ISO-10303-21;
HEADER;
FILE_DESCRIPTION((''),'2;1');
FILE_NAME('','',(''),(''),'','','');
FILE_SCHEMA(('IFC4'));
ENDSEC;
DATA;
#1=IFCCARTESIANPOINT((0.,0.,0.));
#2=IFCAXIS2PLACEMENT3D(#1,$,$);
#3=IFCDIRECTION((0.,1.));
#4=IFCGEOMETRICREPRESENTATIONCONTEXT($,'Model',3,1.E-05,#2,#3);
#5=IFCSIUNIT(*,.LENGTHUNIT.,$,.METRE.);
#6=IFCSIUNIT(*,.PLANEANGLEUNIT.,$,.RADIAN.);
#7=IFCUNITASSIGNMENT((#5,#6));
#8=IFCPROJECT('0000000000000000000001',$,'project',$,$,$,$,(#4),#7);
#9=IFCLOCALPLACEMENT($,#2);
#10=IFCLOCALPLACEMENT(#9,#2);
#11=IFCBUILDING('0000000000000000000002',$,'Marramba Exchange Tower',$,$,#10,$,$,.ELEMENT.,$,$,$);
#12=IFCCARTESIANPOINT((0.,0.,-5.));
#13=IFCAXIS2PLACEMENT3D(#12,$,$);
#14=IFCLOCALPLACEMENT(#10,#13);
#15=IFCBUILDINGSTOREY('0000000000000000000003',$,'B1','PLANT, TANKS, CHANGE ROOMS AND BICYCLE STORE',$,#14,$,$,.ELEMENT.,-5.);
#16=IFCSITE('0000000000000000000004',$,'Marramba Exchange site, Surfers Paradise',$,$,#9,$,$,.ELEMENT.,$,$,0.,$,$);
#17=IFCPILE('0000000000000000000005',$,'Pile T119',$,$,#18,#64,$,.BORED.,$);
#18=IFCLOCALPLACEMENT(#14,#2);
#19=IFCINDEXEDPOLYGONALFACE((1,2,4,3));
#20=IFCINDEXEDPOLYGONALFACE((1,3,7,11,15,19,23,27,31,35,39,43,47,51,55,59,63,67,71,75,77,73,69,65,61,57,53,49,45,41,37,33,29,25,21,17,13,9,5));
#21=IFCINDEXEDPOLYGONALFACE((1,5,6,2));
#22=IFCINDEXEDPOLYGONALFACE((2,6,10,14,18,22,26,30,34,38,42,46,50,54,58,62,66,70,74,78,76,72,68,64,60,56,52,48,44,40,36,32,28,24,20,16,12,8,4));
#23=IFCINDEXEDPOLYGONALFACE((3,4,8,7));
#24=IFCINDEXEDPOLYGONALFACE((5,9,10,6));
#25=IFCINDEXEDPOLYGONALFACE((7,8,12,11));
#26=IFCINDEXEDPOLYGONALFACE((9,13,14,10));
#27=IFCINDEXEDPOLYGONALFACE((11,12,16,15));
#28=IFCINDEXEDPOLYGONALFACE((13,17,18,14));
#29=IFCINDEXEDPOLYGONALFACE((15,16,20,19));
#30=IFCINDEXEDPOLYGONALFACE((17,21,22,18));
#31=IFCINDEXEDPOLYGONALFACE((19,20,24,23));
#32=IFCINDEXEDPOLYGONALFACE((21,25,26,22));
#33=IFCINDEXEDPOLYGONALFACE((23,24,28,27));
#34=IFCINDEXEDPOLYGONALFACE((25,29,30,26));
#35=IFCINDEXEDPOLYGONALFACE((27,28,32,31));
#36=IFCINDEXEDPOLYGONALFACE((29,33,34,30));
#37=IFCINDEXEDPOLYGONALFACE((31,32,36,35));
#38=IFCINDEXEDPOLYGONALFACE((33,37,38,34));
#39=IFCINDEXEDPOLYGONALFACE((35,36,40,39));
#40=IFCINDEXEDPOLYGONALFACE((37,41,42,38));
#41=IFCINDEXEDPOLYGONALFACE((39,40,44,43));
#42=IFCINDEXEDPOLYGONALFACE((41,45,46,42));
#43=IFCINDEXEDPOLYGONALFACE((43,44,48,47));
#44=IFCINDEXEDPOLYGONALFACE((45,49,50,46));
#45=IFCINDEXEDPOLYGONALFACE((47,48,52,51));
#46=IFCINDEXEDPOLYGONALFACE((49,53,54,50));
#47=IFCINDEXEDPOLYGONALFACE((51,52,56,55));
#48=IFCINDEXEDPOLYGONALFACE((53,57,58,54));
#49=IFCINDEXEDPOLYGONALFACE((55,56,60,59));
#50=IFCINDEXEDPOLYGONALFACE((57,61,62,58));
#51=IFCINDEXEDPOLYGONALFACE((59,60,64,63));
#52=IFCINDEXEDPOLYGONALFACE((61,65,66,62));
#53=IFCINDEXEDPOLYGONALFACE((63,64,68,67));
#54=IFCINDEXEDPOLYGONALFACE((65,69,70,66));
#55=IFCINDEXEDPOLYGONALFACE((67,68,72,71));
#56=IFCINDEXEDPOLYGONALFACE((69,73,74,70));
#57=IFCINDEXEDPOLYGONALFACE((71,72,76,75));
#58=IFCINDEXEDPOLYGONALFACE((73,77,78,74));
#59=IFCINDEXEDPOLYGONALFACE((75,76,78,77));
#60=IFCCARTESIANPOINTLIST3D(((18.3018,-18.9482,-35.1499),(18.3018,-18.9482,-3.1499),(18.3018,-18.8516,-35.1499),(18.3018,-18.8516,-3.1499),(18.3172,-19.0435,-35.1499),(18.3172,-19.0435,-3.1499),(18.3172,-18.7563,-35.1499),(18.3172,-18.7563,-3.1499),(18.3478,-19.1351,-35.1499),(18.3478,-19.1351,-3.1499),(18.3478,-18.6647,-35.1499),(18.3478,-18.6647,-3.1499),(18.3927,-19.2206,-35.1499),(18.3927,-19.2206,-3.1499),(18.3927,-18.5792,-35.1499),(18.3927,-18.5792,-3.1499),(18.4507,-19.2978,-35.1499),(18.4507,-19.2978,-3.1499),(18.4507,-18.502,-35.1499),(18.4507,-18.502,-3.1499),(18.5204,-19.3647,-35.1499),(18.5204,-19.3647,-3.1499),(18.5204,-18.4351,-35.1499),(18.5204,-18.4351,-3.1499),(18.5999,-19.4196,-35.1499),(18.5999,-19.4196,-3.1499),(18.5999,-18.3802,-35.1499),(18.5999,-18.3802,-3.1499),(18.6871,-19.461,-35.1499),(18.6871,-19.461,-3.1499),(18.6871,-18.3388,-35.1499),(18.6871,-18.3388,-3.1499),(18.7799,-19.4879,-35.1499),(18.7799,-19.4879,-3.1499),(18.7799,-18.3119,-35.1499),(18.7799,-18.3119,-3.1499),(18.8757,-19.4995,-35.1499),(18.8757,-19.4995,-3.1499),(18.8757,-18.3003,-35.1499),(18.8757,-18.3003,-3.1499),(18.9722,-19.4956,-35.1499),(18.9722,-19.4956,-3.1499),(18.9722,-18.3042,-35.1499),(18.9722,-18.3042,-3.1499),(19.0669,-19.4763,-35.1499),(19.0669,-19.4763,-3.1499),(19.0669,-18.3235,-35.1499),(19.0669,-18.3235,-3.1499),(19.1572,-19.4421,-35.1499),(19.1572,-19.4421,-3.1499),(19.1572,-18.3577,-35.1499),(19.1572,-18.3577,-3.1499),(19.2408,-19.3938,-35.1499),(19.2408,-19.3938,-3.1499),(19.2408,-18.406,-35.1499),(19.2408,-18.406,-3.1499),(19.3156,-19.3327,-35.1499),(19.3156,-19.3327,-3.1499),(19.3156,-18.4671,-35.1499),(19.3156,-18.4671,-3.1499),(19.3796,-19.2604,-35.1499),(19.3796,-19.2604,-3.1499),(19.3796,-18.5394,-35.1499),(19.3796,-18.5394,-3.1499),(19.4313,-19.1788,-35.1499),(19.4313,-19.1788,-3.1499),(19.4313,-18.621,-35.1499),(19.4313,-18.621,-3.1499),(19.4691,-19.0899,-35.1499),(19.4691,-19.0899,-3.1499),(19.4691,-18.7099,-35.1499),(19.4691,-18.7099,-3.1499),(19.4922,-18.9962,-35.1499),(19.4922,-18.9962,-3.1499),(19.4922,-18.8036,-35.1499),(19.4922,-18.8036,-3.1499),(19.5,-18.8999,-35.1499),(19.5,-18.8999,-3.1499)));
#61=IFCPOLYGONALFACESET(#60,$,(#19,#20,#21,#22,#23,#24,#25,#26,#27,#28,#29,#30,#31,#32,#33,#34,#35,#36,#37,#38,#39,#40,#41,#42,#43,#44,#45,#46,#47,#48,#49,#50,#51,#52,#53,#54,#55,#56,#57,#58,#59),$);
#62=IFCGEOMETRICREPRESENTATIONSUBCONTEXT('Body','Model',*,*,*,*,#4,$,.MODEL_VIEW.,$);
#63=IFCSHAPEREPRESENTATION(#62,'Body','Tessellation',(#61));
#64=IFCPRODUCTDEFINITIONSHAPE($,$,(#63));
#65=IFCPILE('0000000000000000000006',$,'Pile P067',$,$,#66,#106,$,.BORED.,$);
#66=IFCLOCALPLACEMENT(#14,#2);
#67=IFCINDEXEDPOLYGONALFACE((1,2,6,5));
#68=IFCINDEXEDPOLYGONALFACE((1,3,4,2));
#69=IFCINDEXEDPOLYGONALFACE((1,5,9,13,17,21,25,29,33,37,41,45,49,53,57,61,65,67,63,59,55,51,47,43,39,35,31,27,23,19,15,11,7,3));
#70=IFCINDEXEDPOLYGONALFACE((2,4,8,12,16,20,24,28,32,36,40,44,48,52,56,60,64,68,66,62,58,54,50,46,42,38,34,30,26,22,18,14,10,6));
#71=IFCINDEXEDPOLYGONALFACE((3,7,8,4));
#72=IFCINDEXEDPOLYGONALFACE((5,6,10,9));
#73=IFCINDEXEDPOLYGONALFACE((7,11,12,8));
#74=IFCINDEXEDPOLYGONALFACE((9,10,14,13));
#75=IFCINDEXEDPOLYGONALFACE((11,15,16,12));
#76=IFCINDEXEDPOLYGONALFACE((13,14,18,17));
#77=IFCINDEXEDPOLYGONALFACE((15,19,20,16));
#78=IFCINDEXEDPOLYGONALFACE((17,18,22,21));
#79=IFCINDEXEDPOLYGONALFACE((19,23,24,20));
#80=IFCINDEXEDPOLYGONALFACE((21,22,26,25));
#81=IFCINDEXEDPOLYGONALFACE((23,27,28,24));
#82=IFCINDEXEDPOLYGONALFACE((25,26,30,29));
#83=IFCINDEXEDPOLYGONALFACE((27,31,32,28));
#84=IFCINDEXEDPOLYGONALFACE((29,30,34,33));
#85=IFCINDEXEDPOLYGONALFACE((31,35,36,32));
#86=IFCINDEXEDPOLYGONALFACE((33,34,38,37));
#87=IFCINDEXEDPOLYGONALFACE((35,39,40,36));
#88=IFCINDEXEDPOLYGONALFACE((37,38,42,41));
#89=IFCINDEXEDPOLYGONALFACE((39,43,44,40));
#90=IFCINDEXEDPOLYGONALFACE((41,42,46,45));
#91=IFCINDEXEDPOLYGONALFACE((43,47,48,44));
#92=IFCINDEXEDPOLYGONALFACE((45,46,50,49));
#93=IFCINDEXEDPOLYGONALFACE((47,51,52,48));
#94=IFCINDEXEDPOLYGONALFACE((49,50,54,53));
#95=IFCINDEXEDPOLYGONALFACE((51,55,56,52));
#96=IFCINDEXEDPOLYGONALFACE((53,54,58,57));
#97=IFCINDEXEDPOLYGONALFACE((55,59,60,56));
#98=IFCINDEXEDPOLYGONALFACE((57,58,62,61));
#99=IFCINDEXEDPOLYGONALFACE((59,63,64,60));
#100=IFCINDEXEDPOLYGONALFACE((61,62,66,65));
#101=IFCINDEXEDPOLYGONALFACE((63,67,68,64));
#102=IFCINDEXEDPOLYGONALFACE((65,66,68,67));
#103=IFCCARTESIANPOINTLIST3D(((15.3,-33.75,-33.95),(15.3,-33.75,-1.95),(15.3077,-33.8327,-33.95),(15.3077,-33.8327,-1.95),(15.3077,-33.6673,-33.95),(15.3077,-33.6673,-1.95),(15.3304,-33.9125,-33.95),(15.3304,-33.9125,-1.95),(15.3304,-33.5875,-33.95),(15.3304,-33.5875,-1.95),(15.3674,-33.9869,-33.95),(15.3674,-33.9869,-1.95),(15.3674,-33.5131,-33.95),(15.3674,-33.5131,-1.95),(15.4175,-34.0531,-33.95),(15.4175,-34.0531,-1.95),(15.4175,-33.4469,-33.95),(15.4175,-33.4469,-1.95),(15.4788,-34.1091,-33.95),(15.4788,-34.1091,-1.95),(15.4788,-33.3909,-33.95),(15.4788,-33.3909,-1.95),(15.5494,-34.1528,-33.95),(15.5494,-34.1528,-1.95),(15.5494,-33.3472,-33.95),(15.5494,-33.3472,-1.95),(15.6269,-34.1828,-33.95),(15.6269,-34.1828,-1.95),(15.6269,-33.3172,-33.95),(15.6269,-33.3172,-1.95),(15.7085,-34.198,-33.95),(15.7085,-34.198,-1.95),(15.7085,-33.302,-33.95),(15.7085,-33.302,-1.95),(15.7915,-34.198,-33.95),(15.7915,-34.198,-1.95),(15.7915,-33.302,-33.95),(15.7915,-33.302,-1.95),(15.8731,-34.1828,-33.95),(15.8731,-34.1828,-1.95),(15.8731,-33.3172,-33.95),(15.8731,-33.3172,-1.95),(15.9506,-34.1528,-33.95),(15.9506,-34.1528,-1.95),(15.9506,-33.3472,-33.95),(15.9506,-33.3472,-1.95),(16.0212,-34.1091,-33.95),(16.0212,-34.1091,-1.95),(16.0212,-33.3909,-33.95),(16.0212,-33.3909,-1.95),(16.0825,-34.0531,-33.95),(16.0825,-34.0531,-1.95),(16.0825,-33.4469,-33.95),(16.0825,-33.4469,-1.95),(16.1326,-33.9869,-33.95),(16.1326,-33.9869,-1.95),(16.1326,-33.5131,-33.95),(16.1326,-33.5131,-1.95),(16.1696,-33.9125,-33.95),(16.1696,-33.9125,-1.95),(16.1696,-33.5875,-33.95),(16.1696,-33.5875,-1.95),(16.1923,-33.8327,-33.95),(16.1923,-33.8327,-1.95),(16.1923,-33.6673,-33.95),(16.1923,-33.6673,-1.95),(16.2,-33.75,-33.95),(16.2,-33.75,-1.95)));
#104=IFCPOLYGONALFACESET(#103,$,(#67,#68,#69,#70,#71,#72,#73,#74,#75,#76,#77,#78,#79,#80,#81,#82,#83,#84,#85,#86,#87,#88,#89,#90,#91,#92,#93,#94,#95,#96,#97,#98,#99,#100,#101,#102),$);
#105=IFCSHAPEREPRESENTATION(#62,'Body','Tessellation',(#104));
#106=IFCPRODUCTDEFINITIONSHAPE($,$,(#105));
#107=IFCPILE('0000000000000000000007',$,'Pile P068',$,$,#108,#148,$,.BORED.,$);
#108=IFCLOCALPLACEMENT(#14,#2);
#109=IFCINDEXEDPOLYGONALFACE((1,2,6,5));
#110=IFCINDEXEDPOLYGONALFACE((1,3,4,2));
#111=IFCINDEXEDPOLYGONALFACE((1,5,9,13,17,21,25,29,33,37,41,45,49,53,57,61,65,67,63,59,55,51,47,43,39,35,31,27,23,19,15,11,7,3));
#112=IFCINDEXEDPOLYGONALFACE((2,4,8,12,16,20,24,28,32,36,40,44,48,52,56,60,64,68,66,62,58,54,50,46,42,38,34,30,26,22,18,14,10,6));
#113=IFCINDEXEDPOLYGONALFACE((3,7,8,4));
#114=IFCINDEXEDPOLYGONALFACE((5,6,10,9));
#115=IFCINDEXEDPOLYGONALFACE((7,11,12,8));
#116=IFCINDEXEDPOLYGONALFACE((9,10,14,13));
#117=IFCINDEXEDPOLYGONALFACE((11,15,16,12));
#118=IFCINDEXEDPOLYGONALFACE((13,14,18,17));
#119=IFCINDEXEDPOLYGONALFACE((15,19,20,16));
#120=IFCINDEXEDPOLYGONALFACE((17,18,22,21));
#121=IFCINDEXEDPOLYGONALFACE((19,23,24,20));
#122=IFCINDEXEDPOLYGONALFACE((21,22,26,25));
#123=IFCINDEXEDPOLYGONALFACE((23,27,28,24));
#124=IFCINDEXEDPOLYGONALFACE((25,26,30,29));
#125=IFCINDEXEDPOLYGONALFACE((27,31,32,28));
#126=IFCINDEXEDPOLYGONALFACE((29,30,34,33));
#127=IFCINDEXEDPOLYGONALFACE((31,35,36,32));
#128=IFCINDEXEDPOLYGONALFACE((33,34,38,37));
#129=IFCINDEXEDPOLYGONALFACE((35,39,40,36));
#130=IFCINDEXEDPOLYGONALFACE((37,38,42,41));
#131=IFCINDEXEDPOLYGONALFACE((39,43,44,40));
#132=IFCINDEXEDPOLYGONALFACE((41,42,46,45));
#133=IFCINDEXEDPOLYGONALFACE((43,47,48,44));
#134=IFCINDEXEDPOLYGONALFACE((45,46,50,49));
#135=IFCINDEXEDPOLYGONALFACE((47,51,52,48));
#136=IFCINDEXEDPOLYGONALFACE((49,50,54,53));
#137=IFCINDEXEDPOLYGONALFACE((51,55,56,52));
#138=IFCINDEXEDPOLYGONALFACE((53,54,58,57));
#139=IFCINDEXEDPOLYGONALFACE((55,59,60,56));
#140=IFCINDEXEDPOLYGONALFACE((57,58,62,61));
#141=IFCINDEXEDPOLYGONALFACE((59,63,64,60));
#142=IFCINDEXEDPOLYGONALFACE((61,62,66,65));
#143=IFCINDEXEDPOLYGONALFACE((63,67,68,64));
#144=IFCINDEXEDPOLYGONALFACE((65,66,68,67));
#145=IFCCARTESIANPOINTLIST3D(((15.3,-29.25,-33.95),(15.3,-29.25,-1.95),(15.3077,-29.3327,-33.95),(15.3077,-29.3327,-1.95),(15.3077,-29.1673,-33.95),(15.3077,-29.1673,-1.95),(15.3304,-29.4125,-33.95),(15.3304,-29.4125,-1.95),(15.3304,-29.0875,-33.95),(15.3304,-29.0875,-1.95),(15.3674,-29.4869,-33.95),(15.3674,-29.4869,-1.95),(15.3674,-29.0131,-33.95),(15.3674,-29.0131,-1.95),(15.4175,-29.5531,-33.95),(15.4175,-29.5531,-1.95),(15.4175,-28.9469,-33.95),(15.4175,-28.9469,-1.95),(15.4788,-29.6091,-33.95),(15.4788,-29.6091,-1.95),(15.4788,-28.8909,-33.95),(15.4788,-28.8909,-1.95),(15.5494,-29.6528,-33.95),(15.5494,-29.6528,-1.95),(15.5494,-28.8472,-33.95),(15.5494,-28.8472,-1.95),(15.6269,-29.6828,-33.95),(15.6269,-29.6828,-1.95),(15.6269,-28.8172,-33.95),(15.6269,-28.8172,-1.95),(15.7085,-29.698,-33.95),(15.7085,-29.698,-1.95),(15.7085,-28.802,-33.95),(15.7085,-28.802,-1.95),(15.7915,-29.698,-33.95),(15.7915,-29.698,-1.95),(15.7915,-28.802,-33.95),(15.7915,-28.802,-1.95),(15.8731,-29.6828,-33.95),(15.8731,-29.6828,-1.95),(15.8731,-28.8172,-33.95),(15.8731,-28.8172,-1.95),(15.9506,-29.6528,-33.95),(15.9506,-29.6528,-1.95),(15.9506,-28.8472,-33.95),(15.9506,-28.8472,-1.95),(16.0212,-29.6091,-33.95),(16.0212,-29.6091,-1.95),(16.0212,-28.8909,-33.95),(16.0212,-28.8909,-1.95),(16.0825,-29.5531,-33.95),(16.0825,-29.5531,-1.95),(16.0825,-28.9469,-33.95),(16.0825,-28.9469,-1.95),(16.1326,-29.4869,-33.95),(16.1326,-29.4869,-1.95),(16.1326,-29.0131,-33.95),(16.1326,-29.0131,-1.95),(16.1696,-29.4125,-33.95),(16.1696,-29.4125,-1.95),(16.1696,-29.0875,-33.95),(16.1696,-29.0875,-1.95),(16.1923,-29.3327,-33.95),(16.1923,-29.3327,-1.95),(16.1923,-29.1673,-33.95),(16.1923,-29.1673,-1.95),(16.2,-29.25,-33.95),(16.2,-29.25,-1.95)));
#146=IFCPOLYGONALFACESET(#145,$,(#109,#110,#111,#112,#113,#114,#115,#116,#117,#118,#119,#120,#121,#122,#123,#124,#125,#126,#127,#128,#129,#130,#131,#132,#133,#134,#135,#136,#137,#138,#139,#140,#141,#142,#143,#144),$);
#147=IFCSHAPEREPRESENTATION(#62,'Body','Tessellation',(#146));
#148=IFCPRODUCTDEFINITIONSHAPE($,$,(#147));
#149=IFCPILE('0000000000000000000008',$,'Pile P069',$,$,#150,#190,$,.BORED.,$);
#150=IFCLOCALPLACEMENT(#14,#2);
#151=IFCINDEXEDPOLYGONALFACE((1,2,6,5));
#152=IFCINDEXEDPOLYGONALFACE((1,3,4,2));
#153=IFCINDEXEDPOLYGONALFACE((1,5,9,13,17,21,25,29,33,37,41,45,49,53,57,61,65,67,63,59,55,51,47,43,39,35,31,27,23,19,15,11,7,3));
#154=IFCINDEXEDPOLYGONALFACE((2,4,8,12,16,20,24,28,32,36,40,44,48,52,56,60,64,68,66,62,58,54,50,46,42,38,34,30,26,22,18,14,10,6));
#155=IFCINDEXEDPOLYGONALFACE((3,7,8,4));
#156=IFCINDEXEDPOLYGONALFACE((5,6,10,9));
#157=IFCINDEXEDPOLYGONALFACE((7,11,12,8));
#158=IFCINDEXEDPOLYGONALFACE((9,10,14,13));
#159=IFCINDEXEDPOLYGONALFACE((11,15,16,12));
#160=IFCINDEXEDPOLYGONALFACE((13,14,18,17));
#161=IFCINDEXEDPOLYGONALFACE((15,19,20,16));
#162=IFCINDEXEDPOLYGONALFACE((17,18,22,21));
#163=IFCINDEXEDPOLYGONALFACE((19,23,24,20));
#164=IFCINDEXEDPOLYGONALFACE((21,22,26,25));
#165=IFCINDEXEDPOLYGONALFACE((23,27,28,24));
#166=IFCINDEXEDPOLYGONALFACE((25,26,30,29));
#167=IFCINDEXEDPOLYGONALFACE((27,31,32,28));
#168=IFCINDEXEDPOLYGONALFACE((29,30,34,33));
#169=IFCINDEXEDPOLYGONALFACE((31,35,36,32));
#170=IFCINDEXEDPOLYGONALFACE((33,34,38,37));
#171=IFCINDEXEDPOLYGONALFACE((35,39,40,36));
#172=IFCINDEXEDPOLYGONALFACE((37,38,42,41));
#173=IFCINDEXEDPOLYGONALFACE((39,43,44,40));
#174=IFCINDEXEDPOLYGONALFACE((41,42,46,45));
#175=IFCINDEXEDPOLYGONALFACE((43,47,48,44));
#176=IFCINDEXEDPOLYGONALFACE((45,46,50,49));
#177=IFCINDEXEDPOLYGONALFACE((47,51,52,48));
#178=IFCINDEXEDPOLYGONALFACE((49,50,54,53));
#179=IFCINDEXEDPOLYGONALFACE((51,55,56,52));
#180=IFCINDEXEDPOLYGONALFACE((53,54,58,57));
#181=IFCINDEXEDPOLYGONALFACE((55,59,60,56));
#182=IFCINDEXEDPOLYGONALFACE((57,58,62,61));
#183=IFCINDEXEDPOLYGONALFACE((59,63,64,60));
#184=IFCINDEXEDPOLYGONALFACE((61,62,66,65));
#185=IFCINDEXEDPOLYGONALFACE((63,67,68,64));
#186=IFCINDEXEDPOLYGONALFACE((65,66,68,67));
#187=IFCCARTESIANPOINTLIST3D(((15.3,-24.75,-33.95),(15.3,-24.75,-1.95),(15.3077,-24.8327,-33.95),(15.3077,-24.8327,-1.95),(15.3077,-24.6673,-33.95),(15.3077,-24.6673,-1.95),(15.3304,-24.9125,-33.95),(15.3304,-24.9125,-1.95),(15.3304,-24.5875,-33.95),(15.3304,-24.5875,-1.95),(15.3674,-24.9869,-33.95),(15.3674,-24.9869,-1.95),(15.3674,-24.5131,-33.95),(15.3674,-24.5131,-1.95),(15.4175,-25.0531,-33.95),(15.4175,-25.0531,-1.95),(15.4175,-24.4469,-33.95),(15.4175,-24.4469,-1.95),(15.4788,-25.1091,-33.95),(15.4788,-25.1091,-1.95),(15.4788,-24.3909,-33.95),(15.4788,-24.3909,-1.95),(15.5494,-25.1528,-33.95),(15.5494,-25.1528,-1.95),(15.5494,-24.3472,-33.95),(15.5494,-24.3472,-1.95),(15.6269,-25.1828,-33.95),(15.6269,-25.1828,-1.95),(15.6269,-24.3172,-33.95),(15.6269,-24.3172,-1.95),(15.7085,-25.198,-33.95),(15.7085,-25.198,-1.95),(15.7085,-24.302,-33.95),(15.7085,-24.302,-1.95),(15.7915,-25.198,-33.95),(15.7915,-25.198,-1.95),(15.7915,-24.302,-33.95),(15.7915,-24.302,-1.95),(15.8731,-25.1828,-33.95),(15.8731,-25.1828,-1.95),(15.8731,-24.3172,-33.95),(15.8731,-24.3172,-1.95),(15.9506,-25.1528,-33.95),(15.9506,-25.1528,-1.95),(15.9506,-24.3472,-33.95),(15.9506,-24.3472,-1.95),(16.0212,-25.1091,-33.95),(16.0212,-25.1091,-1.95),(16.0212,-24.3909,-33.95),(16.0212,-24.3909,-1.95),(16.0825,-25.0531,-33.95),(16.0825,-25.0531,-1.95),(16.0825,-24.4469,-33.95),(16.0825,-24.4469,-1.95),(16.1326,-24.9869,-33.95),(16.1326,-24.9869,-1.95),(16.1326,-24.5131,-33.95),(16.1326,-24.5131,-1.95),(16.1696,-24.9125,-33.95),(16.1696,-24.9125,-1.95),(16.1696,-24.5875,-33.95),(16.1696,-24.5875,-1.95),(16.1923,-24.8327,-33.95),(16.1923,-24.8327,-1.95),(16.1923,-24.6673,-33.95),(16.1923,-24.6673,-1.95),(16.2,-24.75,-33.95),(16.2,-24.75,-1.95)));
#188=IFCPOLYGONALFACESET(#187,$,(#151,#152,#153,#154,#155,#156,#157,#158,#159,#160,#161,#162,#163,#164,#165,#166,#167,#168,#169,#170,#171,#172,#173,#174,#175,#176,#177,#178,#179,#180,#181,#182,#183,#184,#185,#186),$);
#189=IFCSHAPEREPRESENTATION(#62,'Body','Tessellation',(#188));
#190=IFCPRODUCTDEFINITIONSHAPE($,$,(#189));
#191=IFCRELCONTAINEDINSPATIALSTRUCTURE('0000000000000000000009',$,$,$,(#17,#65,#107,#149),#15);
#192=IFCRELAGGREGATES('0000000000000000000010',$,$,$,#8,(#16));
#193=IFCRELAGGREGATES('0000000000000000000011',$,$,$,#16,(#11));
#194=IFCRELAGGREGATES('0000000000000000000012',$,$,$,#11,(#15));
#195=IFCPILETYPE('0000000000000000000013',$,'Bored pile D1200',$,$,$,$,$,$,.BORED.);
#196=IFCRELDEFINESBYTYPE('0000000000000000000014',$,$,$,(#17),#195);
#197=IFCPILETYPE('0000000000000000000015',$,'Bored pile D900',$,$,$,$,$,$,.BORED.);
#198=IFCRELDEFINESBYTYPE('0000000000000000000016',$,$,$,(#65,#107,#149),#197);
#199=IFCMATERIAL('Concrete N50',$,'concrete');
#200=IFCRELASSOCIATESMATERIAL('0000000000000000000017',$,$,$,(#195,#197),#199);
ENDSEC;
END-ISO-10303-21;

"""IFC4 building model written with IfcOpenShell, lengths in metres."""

from ifc_helpers import new_model, si_unit, direction, frame, origin, origin_2d, place, context, subcontext, project, spatial, circle, extrude, material, material_profile, profile_set, type_object, element, save


model = new_model("IFC4")

# Units and contexts
model_context = context("Model", 3, precision=1e-05, world=origin(), true_north=direction((0.0, 1.0)))
body_context = subcontext(model_context, "Body", "Model", "MODEL_VIEW")
ifc_project = project(units=[si_unit("LENGTHUNIT", "METRE"), si_unit("PLANEANGLEUNIT", "RADIAN")], contexts=[model_context])

# Site, building, storey
site_placement = place(None, origin())
site = spatial("IfcSite", under=ifc_project, at=site_placement, Name="Marramba Exchange site, Surfers Paradise", CompositionType="ELEMENT", RefElevation=0.0)
building_placement = place(site_placement, origin())
building = spatial("IfcBuilding", under=site, at=building_placement, Name="Marramba Exchange Tower", CompositionType="ELEMENT")
storey_placement = place(building_placement, frame((0.0, 0.0, -5.0)))
storey = spatial("IfcBuildingStorey", under=building, at=storey_placement, Name="B1", Description="PLANT, TANKS, CHANGE ROOMS AND BICYCLE STORE", CompositionType="ELEMENT", Elevation=-5.0)

# Piles
ifc_material_1 = material(Name="Concrete N50", Category="concrete")
ifc_material_profile_1 = material_profile(ifc_material_1, circle(Radius=0.6001, at=origin_2d()), Name="BP D1200")
ifc_profile_set_1 = profile_set([ifc_material_profile_1], Name="Concrete N50")
pile_type_1 = type_object("IfcPileType", Name="Bored pile D1200", PredefinedType="BORED", material=ifc_profile_set_1)
pile_placement = place(storey_placement, frame((18.8999, -18.8999, -3.1499), z_axis=(0.0, 0.0, -1.0), x_axis=(1.0, 0.0, 0.0)))
element("IfcPile", 1, at=pile_placement, inside=storey, type_object=pile_type_1, Name="Pile T119", PredefinedType="BORED", context=body_context, shape_type="SweptSolid", body=[
    extrude(circle(Radius=0.6001, at=origin_2d()), origin(), (0.0, 0.0, 1.0), 32.0),
])
ifc_material_profile_2 = material_profile(ifc_material_1, circle(Radius=0.45, at=origin_2d()), Name="BP D900")
ifc_profile_set_2 = profile_set([ifc_material_profile_2], Name="Concrete N50")
pile_type_2 = type_object("IfcPileType", Name="Bored pile D900", PredefinedType="BORED", material=ifc_profile_set_2)
for number, where, z_axis, x_axis, name in (
    (2, (15.75, -33.75, -1.95), (0.0, 0.0, -1.0), (1.0, 0.0, 0.0), "Pile P067"),
    (3, (15.75, -29.25, -1.95), (0.0, 0.0, -1.0), (1.0, 0.0, 0.0), "Pile P068"),
    (4, (15.75, -24.75, -1.95), (0.0, 0.0, -1.0), (1.0, 0.0, 0.0), "Pile P069"),
):
    element("IfcPile", number, at=place(storey_placement, frame(where, z_axis=z_axis, x_axis=x_axis)), inside=storey, type_object=pile_type_2, Name=name, PredefinedType="BORED", context=body_context, shape_type="SweptSolid", body=[
        extrude(circle(Radius=0.45, at=origin_2d()), origin(), (0.0, 0.0, 1.0), 32.0),
    ])

save(model, "model.ifc")
